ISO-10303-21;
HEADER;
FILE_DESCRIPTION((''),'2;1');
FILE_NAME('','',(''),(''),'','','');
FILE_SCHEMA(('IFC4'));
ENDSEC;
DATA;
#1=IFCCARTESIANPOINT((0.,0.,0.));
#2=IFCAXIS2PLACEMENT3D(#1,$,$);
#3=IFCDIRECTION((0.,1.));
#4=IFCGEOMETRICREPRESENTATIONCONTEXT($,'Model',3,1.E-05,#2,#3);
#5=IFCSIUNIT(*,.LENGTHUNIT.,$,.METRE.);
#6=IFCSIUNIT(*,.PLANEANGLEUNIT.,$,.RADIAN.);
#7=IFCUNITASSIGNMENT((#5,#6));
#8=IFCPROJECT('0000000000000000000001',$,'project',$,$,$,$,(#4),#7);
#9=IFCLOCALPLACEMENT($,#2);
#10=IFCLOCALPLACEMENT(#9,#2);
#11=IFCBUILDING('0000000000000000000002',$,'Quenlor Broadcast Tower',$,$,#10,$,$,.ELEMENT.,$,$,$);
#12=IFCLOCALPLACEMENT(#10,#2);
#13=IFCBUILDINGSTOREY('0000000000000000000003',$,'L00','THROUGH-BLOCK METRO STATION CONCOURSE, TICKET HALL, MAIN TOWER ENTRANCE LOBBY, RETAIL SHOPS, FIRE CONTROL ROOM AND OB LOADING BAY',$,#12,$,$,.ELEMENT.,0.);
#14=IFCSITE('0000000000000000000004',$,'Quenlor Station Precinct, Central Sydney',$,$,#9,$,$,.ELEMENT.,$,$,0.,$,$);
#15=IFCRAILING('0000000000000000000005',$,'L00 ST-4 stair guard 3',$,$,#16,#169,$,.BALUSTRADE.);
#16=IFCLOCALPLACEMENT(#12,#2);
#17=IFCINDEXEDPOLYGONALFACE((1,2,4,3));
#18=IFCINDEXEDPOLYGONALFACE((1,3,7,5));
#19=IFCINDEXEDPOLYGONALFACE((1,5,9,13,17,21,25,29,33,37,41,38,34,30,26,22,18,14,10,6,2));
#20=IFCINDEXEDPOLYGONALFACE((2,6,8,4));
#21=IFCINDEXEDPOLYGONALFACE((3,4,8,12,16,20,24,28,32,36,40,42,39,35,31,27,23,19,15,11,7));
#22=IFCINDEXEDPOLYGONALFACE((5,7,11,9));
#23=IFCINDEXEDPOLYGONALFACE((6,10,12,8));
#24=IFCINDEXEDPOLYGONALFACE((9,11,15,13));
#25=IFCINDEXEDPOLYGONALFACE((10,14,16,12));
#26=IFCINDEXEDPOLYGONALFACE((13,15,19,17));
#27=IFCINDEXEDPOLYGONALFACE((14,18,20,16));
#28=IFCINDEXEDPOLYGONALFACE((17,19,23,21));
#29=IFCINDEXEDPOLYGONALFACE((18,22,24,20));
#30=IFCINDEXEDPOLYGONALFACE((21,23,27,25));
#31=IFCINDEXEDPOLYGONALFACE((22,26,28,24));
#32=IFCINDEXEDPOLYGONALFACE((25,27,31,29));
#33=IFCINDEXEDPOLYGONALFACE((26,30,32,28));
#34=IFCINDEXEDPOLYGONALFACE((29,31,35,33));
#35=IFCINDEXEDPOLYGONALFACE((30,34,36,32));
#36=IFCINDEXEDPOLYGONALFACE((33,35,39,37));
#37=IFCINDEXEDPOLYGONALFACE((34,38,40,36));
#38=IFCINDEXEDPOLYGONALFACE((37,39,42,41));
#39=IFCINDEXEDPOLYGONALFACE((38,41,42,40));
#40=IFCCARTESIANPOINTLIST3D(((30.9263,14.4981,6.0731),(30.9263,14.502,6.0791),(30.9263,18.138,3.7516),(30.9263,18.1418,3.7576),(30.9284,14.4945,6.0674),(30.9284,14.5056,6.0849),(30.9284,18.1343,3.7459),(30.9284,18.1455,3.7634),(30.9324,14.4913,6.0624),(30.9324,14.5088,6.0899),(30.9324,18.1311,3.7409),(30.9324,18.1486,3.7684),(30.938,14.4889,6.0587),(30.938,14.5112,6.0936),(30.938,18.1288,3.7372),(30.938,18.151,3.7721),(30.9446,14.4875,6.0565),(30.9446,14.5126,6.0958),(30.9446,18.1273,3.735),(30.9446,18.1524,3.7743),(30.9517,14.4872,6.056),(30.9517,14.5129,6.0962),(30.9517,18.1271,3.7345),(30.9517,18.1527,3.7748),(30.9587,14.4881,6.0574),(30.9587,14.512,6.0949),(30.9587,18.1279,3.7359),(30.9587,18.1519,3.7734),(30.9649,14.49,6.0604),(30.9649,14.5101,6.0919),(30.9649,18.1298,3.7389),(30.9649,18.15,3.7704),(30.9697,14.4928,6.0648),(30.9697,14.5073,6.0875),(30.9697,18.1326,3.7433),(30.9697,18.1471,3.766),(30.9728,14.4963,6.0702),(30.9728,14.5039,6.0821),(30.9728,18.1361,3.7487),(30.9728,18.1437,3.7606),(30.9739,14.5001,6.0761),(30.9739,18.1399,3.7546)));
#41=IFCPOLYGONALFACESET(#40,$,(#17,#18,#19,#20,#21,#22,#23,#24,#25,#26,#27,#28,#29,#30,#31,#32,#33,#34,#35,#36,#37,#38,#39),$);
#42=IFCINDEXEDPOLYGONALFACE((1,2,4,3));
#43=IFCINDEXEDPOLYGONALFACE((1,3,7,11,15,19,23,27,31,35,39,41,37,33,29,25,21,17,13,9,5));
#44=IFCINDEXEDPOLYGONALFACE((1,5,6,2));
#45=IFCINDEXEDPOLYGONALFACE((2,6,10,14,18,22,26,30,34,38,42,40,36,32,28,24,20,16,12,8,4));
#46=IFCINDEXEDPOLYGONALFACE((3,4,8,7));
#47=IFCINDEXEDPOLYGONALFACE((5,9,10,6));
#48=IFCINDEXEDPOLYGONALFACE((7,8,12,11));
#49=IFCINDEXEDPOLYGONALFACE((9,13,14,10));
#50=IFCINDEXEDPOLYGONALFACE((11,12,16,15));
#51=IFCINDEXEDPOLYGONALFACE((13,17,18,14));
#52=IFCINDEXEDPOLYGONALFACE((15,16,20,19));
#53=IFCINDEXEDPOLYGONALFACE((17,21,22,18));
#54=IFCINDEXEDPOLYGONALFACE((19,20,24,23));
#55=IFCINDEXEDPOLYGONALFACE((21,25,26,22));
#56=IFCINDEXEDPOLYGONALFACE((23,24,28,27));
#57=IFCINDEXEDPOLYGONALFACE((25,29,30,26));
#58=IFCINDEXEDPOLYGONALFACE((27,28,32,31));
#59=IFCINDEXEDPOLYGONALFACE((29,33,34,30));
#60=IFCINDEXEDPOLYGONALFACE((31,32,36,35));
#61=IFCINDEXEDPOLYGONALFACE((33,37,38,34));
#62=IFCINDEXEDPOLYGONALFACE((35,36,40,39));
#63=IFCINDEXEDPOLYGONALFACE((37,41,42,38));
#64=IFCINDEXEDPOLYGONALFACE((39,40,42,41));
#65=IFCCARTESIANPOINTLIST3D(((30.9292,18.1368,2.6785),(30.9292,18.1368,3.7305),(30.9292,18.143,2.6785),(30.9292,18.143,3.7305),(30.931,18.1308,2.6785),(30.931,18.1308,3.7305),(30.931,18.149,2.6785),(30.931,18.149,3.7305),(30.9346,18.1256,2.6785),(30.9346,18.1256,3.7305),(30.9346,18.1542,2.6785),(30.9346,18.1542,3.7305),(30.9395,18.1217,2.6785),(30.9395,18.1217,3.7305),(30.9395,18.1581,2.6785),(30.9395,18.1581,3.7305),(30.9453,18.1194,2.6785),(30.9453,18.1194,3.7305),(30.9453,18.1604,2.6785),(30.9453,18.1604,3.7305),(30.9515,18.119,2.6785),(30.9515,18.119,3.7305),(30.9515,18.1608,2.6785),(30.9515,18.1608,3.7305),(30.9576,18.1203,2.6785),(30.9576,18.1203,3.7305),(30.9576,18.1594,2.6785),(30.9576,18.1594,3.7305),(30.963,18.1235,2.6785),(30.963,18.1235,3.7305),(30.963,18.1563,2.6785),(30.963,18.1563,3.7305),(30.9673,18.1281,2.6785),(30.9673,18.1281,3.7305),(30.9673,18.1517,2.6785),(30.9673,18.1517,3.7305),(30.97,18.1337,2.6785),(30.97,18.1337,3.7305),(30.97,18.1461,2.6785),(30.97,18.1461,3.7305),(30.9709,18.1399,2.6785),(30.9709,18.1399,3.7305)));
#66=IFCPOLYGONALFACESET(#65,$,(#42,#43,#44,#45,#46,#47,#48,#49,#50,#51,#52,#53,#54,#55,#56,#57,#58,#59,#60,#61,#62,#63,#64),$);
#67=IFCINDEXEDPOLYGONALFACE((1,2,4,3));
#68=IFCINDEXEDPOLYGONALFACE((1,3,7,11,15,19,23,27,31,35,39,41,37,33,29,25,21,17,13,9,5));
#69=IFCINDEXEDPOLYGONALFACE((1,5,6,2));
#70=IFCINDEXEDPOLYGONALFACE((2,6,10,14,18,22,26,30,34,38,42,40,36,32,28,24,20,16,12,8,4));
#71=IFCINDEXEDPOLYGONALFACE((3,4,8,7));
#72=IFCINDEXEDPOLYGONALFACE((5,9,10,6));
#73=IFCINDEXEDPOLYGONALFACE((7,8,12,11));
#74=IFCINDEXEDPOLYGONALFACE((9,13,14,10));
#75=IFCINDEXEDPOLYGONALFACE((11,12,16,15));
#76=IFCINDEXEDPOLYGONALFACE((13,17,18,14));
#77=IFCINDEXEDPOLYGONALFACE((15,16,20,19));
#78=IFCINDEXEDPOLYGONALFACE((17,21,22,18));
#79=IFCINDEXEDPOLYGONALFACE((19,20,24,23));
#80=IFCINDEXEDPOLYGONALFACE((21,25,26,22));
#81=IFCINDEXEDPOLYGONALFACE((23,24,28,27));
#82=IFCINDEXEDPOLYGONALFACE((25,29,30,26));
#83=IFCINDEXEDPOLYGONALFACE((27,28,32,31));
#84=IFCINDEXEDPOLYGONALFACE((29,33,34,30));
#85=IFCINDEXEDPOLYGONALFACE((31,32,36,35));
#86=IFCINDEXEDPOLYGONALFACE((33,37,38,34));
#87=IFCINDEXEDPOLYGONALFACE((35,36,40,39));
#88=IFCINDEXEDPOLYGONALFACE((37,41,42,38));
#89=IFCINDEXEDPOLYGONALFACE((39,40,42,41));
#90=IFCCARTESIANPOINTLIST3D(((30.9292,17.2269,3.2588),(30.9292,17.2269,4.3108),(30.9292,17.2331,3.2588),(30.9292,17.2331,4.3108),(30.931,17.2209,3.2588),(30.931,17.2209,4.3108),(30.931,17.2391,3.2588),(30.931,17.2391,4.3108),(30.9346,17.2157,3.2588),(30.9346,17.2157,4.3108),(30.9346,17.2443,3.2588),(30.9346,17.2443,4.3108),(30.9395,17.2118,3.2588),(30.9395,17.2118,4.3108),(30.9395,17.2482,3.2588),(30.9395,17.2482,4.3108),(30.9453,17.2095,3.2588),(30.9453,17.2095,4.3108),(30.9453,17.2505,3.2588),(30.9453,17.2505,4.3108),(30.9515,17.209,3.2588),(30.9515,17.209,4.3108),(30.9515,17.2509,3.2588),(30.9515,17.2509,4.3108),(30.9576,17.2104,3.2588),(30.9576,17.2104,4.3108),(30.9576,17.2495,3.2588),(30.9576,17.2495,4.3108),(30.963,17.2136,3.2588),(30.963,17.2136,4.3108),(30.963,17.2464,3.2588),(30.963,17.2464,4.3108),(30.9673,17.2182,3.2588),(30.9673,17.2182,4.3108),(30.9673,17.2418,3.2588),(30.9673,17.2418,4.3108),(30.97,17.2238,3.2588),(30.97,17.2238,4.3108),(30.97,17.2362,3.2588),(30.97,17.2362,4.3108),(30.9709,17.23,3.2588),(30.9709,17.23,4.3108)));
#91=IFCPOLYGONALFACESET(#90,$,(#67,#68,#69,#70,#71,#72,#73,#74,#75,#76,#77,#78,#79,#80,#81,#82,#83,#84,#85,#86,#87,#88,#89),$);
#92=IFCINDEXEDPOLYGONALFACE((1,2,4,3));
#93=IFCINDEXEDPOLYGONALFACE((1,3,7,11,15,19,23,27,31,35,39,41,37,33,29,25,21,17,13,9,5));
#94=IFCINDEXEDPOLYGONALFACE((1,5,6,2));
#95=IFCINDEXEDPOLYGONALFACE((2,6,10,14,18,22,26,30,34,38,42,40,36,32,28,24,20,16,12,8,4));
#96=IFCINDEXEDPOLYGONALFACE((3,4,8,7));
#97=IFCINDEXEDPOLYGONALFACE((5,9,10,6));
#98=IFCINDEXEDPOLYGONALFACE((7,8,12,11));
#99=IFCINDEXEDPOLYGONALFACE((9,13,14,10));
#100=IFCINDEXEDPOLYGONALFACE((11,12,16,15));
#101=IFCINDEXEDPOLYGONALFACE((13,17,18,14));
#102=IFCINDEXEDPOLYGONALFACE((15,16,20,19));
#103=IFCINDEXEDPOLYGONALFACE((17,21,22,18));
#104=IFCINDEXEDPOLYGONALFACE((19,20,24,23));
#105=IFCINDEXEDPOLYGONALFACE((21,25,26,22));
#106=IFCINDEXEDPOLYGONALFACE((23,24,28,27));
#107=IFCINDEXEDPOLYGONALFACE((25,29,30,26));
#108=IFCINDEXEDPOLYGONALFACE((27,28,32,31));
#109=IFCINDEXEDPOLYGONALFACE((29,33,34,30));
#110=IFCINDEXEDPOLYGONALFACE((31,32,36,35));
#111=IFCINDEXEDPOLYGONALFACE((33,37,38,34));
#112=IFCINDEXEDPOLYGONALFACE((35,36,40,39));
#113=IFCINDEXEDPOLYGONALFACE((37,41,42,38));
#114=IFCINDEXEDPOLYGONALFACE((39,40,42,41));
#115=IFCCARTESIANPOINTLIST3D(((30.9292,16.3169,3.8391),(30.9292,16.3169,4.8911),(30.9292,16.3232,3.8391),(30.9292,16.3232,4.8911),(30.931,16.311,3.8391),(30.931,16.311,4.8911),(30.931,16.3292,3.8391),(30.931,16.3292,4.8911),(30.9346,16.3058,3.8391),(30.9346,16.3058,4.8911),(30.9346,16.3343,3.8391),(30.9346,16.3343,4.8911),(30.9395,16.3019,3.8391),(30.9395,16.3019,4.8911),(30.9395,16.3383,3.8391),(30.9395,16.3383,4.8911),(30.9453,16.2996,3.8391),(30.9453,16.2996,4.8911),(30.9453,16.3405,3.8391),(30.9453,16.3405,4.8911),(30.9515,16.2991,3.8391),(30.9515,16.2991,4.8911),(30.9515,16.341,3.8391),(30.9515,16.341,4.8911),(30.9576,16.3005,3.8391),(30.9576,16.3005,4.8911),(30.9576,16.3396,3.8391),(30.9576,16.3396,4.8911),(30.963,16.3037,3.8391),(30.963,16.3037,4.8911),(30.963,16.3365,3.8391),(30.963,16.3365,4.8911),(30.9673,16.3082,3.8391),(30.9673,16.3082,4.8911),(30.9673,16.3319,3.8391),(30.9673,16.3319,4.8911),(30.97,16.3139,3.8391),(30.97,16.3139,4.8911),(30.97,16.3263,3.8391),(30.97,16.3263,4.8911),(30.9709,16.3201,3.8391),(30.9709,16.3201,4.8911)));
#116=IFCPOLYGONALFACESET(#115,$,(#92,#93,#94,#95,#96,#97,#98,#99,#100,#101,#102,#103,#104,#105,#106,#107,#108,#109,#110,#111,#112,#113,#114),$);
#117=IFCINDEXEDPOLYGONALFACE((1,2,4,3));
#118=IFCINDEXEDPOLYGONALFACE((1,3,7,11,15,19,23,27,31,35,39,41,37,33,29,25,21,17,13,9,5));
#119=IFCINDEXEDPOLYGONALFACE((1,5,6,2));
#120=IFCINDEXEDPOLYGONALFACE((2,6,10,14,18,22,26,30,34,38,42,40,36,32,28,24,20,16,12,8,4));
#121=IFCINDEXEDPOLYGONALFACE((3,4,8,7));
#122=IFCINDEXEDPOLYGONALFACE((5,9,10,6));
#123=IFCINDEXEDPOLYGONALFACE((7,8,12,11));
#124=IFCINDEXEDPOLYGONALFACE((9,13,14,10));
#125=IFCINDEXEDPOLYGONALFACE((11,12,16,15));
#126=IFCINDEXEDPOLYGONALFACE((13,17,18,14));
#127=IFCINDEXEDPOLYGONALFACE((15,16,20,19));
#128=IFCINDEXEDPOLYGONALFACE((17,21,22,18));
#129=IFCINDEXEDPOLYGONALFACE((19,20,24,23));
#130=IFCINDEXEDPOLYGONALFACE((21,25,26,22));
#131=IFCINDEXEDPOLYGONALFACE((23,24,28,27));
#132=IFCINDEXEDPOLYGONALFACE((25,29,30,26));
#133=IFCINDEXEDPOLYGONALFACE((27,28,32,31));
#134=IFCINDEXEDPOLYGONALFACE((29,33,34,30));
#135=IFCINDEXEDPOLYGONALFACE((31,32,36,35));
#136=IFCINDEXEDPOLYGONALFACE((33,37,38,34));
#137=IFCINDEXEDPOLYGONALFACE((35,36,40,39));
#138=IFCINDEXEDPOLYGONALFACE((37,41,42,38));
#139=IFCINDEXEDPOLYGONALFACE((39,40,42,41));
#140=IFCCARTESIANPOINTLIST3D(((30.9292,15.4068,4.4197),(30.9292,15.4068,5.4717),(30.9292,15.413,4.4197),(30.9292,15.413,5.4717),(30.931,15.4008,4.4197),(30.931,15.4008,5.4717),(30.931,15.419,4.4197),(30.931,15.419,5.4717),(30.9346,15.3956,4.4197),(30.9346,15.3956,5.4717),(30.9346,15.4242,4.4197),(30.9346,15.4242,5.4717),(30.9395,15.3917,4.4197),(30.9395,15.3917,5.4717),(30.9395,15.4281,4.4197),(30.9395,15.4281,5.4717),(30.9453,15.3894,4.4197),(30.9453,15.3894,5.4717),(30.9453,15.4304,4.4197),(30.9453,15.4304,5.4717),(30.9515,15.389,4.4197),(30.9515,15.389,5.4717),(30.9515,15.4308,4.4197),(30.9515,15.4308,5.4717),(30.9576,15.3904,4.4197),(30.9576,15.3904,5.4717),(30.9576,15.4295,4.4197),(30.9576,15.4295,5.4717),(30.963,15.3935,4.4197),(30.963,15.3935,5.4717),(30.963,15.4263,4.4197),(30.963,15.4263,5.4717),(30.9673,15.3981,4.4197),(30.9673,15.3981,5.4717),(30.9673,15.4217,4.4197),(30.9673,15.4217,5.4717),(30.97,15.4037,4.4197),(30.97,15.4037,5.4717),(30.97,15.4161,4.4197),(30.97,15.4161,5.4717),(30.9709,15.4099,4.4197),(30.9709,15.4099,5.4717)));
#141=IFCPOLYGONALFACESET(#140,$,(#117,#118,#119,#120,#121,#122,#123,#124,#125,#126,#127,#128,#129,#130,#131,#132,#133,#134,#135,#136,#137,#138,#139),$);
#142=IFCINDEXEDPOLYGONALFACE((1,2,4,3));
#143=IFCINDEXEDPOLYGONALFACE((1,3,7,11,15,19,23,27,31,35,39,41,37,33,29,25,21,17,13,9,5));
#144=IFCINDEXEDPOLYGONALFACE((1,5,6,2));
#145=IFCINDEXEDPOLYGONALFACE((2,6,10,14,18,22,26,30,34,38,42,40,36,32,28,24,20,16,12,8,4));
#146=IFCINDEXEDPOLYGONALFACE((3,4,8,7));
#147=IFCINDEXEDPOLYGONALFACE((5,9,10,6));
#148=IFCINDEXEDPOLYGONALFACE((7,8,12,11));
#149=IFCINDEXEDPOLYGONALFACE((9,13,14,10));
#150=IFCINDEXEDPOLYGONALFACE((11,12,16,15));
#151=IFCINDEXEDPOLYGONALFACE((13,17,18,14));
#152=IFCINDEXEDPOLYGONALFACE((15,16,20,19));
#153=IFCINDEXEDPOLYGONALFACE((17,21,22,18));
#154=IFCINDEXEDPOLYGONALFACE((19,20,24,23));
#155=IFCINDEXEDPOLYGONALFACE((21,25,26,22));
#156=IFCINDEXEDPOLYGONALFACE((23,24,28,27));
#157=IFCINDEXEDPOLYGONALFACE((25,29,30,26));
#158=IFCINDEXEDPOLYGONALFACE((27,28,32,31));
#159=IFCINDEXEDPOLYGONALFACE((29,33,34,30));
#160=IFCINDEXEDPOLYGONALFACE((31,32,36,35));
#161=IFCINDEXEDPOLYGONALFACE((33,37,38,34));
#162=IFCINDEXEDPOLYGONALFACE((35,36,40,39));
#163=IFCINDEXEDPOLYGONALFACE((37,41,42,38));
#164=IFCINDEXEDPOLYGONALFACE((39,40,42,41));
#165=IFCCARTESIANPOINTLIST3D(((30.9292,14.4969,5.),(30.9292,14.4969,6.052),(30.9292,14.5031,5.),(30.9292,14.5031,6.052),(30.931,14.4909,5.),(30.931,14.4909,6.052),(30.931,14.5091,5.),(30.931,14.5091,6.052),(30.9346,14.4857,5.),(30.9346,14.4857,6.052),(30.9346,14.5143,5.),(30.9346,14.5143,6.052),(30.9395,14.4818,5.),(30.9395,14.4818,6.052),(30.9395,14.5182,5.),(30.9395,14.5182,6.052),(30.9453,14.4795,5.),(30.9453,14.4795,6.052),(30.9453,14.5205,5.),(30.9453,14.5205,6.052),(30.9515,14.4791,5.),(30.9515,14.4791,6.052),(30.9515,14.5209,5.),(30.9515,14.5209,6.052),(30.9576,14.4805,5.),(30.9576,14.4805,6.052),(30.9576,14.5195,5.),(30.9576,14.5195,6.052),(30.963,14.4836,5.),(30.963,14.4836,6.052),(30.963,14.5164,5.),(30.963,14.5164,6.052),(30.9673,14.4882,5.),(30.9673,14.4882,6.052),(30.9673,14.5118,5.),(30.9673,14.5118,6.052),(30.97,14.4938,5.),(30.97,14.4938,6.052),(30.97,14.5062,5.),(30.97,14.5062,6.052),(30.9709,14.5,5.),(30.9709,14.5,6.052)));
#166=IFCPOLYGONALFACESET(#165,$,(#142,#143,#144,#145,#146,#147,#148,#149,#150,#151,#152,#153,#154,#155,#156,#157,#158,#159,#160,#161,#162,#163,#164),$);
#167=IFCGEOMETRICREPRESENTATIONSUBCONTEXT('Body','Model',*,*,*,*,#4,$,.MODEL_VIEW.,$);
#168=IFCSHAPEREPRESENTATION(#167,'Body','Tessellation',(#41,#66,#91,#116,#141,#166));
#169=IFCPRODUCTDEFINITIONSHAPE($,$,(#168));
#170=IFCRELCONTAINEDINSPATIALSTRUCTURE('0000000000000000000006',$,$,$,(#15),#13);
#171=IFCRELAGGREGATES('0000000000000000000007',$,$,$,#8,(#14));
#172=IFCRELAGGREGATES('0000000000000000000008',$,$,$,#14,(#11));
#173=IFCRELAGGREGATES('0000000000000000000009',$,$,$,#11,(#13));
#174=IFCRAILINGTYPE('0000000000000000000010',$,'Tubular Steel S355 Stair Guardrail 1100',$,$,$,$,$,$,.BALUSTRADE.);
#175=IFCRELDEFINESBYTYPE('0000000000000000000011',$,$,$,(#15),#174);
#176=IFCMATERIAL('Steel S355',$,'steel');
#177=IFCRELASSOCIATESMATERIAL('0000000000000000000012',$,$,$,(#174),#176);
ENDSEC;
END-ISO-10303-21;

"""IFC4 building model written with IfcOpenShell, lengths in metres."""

from ifc_helpers import new_model, si_unit, direction, frame, origin, origin_2d, place, context, subcontext, project, spatial, circle, extrude, material, type_object, element, save


model = new_model("IFC4")

# Units and contexts
model_context = context("Model", 3, precision=1e-05, world=origin(), true_north=direction((0.0, 1.0)))
body_context = subcontext(model_context, "Body", "Model", "MODEL_VIEW")
ifc_project = project(units=[si_unit("LENGTHUNIT", "METRE"), si_unit("PLANEANGLEUNIT", "RADIAN")], contexts=[model_context])

# Site, building, storey
site_placement = place(None, origin())
site = spatial("IfcSite", under=ifc_project, at=site_placement, Name="Quenlor Station Precinct, Central Sydney", CompositionType="ELEMENT", RefElevation=0.0)
building_placement = place(site_placement, origin())
building = spatial("IfcBuilding", under=site, at=building_placement, Name="Quenlor Broadcast Tower", CompositionType="ELEMENT")
storey_placement = place(building_placement, origin())
storey = spatial("IfcBuildingStorey", under=building, at=storey_placement, Name="L00", Description="THROUGH-BLOCK METRO STATION CONCOURSE, TICKET HALL, MAIN TOWER ENTRANCE LOBBY, RETAIL SHOPS, FIRE CONTROL ROOM AND OB LOADING BAY", CompositionType="ELEMENT", Elevation=0.0)

# Railing
ifc_material_1 = material(Name="Steel S355", Category="steel")
railing_type_1 = type_object("IfcRailingType", Name="Tubular Steel S355 Stair Guardrail 1100", PredefinedType="BALUSTRADE", material=ifc_material_1)
railing_1_placement = place(storey_placement, frame((30.95, 18.1399, 2.6785)))
element("IfcRailing", 1, at=railing_1_placement, inside=storey, type_object=railing_type_1, Name="L00 ST-4 stair guard 3", PredefinedType="BALUSTRADE", context=body_context, shape_type="SweptSolid", body=[
    extrude(circle(Radius=0.0239, at=origin_2d()), frame((0.0, 0.0, 1.0762), z_axis=(0.0, -0.843112, 0.537739), x_axis=(1.0, 0.0, 0.0)), (0.0, 0.0, 1.0), 4.3171),
    extrude(circle(Radius=0.021, at=origin_2d()), origin(), (0.0, 0.0, 1.0), 1.052),
    extrude(circle(Radius=0.021, at=origin_2d()), frame((0.0, -0.9099, 0.5803)), (0.0, 0.0, 1.0), 1.052),
    extrude(circle(Radius=0.021, at=origin_2d()), frame((0.0, -1.8198, 1.1606)), (0.0, 0.0, 1.0), 1.052),
    extrude(circle(Radius=0.021, at=origin_2d()), frame((0.0, -2.73, 1.7412)), (0.0, 0.0, 1.0), 1.052),
    extrude(circle(Radius=0.021, at=origin_2d()), frame((0.0, -3.6399, 2.3215)), (0.0, 0.0, 1.0), 1.052),
])

save(model, "model.ifc")
